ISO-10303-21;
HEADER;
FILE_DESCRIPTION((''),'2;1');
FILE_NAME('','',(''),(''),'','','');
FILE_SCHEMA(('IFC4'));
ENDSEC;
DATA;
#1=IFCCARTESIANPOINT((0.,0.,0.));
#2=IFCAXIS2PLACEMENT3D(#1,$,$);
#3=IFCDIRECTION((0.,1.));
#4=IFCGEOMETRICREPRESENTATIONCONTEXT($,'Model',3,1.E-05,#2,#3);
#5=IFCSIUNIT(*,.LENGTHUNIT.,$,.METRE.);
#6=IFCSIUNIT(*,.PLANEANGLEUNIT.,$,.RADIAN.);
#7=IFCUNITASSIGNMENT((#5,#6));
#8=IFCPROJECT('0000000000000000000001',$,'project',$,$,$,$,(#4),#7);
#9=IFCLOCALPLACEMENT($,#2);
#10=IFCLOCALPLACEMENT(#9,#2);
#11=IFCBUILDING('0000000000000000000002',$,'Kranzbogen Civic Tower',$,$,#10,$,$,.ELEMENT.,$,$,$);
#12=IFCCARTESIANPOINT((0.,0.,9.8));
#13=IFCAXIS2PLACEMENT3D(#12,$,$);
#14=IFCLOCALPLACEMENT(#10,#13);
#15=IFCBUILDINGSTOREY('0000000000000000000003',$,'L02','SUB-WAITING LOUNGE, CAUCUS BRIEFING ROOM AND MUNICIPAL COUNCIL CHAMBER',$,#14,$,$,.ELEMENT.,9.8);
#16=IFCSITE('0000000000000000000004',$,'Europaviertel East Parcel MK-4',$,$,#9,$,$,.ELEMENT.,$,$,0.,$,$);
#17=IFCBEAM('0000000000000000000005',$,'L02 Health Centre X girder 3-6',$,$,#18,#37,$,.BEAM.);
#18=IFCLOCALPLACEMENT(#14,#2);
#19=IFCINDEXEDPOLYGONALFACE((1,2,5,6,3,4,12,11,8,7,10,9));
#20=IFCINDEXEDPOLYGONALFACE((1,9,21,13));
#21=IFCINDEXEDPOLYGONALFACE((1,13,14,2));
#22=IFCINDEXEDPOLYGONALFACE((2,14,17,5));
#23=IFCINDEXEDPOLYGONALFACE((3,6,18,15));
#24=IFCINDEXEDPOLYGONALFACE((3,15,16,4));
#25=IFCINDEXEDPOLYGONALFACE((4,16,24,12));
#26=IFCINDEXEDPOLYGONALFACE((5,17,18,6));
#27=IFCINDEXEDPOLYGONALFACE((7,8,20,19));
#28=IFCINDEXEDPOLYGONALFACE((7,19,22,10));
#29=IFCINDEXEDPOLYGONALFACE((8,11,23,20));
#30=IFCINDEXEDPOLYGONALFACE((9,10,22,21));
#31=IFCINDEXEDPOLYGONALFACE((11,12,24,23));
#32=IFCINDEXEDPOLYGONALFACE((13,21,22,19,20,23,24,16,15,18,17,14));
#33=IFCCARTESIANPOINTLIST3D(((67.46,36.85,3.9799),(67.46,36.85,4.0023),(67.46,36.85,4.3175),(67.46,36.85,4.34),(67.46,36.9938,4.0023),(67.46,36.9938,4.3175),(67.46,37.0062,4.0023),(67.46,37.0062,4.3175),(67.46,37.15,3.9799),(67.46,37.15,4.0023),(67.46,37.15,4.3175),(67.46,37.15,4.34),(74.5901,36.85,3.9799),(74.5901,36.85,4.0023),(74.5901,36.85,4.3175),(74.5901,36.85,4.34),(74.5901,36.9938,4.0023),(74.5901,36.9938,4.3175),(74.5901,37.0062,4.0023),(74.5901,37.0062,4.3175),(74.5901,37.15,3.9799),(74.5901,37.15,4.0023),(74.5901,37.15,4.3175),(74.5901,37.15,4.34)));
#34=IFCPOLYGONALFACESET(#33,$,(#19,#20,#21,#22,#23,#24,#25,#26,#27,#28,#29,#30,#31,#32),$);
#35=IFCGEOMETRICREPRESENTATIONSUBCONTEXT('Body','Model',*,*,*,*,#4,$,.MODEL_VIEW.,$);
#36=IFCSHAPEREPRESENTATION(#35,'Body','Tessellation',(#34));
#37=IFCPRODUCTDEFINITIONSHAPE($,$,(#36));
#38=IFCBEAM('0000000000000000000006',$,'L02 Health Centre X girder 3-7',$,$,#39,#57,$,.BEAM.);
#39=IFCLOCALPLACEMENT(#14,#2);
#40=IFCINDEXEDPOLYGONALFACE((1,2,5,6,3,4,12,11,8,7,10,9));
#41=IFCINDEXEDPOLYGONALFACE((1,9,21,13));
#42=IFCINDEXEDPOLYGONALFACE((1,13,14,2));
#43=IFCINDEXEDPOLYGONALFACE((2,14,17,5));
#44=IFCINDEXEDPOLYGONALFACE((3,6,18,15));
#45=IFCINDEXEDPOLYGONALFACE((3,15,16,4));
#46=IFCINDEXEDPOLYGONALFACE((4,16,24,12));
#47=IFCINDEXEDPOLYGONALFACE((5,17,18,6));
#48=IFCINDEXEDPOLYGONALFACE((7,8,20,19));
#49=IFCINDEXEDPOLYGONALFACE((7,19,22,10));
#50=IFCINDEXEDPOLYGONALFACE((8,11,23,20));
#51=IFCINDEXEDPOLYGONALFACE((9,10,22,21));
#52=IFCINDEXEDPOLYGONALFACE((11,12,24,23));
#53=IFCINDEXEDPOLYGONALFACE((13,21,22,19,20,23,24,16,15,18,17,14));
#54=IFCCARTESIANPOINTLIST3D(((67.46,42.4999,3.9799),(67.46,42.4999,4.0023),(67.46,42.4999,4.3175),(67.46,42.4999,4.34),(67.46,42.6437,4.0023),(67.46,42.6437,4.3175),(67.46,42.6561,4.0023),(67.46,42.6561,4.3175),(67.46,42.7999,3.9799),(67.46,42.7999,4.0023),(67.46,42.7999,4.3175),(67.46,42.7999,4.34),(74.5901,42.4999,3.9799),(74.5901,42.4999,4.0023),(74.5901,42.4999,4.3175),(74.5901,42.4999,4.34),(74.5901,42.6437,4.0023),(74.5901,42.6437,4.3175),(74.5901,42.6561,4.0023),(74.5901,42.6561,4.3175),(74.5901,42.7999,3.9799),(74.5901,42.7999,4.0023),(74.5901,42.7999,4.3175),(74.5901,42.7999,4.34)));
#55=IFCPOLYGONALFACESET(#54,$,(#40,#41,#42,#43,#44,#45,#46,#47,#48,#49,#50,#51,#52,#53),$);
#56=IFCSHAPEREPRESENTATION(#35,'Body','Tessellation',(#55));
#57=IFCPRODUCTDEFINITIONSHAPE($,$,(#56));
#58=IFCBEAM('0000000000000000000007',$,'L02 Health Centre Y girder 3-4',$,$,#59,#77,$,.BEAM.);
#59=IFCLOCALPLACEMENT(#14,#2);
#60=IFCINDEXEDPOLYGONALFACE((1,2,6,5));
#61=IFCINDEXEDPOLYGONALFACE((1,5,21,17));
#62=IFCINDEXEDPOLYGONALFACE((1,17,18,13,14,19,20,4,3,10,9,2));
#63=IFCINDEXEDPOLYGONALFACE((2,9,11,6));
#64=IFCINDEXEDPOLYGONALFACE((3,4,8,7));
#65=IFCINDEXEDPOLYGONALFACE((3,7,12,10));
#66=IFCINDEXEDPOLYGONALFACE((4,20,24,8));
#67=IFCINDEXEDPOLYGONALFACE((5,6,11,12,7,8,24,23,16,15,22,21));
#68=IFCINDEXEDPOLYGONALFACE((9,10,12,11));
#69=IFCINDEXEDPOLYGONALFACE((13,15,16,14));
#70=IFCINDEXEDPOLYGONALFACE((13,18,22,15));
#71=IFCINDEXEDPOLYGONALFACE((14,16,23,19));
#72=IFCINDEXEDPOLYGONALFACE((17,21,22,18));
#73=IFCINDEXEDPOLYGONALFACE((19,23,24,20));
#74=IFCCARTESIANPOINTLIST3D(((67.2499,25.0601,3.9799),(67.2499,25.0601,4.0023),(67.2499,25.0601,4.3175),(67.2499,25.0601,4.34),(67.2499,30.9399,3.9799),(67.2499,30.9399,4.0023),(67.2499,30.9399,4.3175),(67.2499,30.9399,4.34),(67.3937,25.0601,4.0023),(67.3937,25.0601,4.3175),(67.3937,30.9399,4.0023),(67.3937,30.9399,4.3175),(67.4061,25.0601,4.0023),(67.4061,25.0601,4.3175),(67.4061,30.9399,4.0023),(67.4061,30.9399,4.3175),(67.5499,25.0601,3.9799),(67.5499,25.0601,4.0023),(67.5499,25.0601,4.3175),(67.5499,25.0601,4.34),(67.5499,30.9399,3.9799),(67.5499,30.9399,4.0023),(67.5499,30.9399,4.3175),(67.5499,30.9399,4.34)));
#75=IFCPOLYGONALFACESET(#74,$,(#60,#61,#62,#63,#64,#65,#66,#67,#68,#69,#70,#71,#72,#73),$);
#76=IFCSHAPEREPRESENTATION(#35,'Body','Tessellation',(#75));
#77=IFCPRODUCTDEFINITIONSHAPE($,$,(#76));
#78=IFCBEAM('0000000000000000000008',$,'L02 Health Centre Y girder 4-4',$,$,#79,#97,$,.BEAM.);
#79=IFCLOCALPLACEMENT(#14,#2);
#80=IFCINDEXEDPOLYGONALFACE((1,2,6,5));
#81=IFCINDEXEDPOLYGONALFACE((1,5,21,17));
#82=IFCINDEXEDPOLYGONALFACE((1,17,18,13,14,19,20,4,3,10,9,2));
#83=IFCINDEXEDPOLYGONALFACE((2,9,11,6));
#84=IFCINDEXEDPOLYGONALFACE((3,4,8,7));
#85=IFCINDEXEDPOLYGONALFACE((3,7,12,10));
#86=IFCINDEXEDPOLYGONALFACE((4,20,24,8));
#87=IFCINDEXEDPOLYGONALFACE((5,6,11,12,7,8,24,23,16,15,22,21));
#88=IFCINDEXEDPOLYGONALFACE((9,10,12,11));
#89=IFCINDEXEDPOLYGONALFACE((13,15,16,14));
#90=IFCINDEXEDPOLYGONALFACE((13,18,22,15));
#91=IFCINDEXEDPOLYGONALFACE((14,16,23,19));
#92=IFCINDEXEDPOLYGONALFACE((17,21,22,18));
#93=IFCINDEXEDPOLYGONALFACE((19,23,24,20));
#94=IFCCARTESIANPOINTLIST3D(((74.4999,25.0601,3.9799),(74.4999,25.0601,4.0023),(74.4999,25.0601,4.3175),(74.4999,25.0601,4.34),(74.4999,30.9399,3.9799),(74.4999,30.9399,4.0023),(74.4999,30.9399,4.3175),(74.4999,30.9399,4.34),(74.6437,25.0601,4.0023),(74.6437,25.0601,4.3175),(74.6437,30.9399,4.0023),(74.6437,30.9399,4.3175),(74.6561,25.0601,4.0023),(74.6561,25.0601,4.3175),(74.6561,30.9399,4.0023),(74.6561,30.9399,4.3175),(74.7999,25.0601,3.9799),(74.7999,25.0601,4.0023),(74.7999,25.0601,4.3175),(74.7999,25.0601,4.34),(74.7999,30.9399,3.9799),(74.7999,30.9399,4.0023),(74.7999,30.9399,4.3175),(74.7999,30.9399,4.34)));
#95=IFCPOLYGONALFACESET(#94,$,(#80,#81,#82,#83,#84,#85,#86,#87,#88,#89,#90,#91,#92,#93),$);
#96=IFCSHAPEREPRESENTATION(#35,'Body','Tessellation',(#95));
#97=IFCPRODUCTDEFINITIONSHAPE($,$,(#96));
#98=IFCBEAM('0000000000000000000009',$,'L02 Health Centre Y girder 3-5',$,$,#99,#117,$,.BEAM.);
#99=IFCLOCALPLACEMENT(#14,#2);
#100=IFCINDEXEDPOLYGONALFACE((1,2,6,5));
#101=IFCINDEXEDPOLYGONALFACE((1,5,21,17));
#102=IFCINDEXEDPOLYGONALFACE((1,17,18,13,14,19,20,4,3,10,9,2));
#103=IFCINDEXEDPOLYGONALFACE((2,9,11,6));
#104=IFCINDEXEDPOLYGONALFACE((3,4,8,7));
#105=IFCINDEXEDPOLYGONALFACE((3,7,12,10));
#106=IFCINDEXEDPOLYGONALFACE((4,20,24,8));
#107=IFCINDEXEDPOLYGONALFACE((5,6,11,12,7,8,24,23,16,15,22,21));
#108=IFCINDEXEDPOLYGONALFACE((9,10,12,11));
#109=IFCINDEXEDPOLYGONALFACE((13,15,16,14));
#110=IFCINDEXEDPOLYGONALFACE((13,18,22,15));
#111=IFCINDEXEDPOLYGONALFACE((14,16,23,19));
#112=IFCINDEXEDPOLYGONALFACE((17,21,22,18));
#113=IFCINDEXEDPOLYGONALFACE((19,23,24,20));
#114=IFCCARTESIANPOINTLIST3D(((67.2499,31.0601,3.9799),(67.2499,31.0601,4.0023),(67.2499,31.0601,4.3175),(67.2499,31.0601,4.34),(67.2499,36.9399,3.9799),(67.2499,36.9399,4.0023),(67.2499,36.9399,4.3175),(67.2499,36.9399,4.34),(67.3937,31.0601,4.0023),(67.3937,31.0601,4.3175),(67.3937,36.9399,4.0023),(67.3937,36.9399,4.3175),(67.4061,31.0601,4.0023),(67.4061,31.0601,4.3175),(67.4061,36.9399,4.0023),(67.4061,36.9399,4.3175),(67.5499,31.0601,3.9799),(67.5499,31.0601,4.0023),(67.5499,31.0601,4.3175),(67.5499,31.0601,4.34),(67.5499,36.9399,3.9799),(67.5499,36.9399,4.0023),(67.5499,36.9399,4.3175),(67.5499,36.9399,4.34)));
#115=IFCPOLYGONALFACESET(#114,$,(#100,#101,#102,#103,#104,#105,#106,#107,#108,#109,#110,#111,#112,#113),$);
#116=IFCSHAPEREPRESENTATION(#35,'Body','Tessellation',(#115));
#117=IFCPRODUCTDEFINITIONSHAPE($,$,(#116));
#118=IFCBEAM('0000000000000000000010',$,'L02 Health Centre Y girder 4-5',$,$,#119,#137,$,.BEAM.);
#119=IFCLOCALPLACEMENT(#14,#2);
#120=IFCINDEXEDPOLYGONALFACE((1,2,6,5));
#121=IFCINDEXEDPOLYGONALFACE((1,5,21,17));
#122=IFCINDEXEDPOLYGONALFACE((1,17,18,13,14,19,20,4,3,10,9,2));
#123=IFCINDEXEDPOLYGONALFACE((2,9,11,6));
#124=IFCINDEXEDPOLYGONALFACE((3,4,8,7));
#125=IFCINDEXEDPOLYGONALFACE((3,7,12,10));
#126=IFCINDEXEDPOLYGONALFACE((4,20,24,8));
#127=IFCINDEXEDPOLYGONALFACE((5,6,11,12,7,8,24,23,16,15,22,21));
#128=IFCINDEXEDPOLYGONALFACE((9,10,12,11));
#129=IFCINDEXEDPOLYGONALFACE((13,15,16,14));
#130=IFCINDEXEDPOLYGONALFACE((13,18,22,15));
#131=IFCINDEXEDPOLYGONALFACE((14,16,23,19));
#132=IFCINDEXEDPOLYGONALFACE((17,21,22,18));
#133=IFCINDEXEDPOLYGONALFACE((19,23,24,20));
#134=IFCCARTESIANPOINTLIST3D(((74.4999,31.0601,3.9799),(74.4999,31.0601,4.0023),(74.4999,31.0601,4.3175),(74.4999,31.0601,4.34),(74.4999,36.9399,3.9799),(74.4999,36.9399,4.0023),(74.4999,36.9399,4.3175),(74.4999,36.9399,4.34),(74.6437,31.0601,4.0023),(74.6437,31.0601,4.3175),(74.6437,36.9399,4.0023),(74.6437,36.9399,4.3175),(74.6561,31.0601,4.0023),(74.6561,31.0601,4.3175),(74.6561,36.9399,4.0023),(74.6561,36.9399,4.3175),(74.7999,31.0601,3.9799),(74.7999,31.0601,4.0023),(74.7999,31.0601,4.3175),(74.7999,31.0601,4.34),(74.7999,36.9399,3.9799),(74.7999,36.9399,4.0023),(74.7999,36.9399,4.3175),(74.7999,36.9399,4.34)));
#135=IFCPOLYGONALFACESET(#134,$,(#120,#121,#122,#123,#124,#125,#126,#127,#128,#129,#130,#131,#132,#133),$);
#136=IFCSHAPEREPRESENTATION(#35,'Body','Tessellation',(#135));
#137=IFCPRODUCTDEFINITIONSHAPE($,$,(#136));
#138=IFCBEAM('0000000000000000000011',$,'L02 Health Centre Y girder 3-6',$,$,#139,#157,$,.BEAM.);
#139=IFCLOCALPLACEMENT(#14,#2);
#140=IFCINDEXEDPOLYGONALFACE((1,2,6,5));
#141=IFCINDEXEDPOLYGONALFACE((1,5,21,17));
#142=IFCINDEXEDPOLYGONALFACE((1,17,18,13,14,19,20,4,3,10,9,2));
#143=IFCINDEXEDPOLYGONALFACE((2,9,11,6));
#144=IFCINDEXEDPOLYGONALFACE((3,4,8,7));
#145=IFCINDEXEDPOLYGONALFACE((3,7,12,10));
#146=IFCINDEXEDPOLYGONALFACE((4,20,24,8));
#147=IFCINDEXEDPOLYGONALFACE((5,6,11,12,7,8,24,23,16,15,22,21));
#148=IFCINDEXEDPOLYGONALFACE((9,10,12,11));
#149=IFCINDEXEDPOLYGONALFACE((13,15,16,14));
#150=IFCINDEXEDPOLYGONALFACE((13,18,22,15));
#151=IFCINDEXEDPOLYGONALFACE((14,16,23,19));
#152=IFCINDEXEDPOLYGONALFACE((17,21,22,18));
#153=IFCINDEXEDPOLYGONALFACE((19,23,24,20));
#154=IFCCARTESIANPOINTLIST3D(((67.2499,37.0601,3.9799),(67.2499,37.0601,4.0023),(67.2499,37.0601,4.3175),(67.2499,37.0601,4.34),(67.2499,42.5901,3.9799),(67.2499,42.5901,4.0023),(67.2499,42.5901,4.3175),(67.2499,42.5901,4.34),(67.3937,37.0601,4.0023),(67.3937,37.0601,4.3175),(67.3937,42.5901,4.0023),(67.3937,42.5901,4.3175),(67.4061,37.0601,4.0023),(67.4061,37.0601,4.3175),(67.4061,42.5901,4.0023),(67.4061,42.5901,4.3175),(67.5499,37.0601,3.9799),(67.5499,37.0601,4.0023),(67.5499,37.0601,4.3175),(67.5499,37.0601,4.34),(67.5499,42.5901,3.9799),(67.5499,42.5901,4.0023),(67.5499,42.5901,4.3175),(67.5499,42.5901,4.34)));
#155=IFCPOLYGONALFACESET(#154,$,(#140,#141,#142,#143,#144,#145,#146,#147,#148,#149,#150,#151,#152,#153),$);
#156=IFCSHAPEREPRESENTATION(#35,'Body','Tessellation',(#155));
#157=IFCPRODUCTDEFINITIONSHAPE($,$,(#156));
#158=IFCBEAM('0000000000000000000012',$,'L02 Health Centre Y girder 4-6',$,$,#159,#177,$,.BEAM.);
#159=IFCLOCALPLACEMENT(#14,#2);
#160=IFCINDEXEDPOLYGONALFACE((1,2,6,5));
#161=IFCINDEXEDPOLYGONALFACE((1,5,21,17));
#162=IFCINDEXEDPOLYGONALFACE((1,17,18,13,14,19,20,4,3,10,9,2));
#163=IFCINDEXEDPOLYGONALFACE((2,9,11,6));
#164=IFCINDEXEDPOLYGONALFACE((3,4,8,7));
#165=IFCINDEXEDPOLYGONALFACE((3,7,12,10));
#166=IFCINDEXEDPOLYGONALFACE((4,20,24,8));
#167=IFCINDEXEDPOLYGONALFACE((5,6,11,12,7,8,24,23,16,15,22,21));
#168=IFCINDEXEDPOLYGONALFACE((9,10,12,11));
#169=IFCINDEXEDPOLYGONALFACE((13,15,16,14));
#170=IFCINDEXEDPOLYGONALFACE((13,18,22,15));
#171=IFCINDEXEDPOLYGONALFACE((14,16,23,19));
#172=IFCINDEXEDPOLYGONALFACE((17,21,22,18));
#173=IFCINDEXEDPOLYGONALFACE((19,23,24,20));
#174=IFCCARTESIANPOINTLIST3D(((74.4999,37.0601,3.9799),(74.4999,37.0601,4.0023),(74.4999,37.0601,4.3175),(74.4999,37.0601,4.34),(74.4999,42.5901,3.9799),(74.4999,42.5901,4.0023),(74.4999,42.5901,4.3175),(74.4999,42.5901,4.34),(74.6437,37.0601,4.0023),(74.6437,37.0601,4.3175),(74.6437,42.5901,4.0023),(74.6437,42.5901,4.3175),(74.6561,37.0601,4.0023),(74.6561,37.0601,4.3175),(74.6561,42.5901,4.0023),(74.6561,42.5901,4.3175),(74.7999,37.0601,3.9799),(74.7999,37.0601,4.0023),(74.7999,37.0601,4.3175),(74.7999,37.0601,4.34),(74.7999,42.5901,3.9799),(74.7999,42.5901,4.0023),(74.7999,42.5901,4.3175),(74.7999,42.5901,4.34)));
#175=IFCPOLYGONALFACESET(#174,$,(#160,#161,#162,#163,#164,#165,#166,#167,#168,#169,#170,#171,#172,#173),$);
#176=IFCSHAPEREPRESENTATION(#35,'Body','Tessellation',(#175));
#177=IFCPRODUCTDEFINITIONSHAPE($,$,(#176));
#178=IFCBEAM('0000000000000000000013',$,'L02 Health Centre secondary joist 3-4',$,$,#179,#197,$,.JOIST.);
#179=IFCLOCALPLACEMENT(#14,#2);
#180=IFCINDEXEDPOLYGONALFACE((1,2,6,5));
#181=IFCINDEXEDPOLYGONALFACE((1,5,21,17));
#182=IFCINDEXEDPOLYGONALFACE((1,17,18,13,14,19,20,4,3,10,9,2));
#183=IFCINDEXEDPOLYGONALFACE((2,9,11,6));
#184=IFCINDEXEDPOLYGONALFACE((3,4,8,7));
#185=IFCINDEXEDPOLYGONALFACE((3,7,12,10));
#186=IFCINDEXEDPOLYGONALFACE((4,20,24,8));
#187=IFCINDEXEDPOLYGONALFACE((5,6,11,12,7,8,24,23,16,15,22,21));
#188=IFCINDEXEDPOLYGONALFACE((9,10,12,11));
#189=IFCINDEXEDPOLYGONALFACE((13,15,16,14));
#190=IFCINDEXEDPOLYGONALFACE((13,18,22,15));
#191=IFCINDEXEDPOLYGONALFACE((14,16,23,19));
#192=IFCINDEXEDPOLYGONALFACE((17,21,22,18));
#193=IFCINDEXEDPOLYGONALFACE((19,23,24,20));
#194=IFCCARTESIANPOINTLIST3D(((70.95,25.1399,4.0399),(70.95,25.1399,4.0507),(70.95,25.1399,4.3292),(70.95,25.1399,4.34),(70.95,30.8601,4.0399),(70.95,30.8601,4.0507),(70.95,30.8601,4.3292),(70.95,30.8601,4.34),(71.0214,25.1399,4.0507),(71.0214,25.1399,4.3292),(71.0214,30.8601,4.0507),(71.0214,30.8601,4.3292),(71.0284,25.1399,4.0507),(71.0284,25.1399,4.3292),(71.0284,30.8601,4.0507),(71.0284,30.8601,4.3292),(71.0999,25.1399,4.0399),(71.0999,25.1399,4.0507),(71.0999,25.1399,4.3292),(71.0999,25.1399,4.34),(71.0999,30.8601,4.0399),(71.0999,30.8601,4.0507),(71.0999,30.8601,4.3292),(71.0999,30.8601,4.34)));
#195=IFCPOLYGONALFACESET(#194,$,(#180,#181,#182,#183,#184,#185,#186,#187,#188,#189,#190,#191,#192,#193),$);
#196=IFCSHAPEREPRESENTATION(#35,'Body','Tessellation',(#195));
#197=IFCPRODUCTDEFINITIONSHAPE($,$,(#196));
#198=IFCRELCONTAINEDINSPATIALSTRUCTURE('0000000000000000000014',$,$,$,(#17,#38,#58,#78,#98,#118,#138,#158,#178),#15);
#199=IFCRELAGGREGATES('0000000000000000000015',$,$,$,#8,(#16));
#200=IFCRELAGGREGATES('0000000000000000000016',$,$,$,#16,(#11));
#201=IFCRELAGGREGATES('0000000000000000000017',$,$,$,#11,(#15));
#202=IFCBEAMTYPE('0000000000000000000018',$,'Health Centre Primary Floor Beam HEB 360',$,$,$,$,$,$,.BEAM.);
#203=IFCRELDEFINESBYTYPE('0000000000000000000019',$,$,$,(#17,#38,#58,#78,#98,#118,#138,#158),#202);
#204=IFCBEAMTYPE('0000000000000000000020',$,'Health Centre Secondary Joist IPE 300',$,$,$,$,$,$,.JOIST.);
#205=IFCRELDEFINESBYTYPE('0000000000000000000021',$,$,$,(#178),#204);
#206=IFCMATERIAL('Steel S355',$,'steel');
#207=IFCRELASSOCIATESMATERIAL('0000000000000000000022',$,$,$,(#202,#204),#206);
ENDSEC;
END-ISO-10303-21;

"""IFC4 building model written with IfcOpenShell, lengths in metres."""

from ifc_helpers import new_model, si_unit, direction, frame, origin, origin_2d, place, context, subcontext, project, spatial, i_section, extrude, material, material_profile, profile_set, type_object, element, save


model = new_model("IFC4")

# Units and contexts
model_context = context("Model", 3, precision=1e-05, world=origin(), true_north=direction((0.0, 1.0)))
body_context = subcontext(model_context, "Body", "Model", "MODEL_VIEW")
ifc_project = project(units=[si_unit("LENGTHUNIT", "METRE"), si_unit("PLANEANGLEUNIT", "RADIAN")], contexts=[model_context])

# Site, building, storey
site_placement = place(None, origin())
site = spatial("IfcSite", under=ifc_project, at=site_placement, Name="Europaviertel East Parcel MK-4", CompositionType="ELEMENT", RefElevation=0.0)
building_placement = place(site_placement, origin())
building = spatial("IfcBuilding", under=site, at=building_placement, Name="Kranzbogen Civic Tower", CompositionType="ELEMENT")
storey_placement = place(building_placement, frame((0.0, 0.0, 9.8)))
storey = spatial("IfcBuildingStorey", under=building, at=storey_placement, Name="L02", Description="SUB-WAITING LOUNGE, CAUCUS BRIEFING ROOM AND MUNICIPAL COUNCIL CHAMBER", CompositionType="ELEMENT", Elevation=9.8)

# Shared definitions
ifc_material_1 = material(Name="Steel S355", Category="steel")

# Beams
ifc_material_profile_1 = material_profile(ifc_material_1, i_section(OverallWidth=0.3, OverallDepth=0.3601, WebThickness=0.0125, FlangeThickness=0.0225, at=origin_2d()), Name="HEB 360")
ifc_profile_set_1 = profile_set([ifc_material_profile_1], Name="Steel S355")
beam_type_1 = type_object("IfcBeamType", Name="Health Centre Primary Floor Beam HEB 360", PredefinedType="BEAM", material=ifc_profile_set_1)
for number, where, z_axis, x_axis, name in (
    (1, (67.46, 37.0, 4.1599), (1.0, 0.0, 0.0), (0.0, 1.0, 0.0), "L02 Health Centre X girder 3-6"),
    (2, (67.46, 42.6499, 4.1599), (1.0, 0.0, 0.0), (0.0, 1.0, 0.0), "L02 Health Centre X girder 3-7"),
):
    element("IfcBeam", number, at=place(storey_placement, frame(where, z_axis=z_axis, x_axis=x_axis)), inside=storey, type_object=beam_type_1, Name=name, PredefinedType="BEAM", context=body_context, shape_type="SweptSolid", body=[
        extrude(i_section(OverallWidth=0.3, OverallDepth=0.3601, WebThickness=0.0125, FlangeThickness=0.0225, at=origin_2d()), origin(), (0.0, 0.0, 1.0), 7.1301),
    ])
for number, where, z_axis, x_axis, name in (
    (3, (67.3999, 25.0601, 4.1599), (0.0, 1.0, 0.0), (-1.0, 0.0, 0.0), "L02 Health Centre Y girder 3-4"),
    (4, (74.6499, 25.0601, 4.1599), (0.0, 1.0, 0.0), (-1.0, 0.0, 0.0), "L02 Health Centre Y girder 4-4"),
    (5, (67.3999, 31.0601, 4.1599), (0.0, 1.0, 0.0), (-1.0, 0.0, 0.0), "L02 Health Centre Y girder 3-5"),
    (6, (74.6499, 31.0601, 4.1599), (0.0, 1.0, 0.0), (-1.0, 0.0, 0.0), "L02 Health Centre Y girder 4-5"),
):
    element("IfcBeam", number, at=place(storey_placement, frame(where, z_axis=z_axis, x_axis=x_axis)), inside=storey, type_object=beam_type_1, Name=name, PredefinedType="BEAM", context=body_context, shape_type="SweptSolid", body=[
        extrude(i_section(OverallWidth=0.3, OverallDepth=0.3601, WebThickness=0.0125, FlangeThickness=0.0225, at=origin_2d()), origin(), (0.0, 0.0, 1.0), 5.8799),
    ])
for number, where, z_axis, x_axis, name in (
    (7, (67.3999, 37.0601, 4.1599), (0.0, 1.0, 0.0), (-1.0, 0.0, 0.0), "L02 Health Centre Y girder 3-6"),
    (8, (74.6499, 37.0601, 4.1599), (0.0, 1.0, 0.0), (-1.0, 0.0, 0.0), "L02 Health Centre Y girder 4-6"),
):
    element("IfcBeam", number, at=place(storey_placement, frame(where, z_axis=z_axis, x_axis=x_axis)), inside=storey, type_object=beam_type_1, Name=name, PredefinedType="BEAM", context=body_context, shape_type="SweptSolid", body=[
        extrude(i_section(OverallWidth=0.3, OverallDepth=0.3601, WebThickness=0.0125, FlangeThickness=0.0225, at=origin_2d()), origin(), (0.0, 0.0, 1.0), 5.53),
    ])
ifc_material_profile_2 = material_profile(ifc_material_1, i_section(OverallWidth=0.1499, OverallDepth=0.3, WebThickness=0.0071, FlangeThickness=0.0107, at=origin_2d()), Name="IPE 300")
ifc_profile_set_2 = profile_set([ifc_material_profile_2], Name="Steel S355")
beam_type_2 = type_object("IfcBeamType", Name="Health Centre Secondary Joist IPE 300", PredefinedType="JOIST", material=ifc_profile_set_2)
for number, where, z_axis, x_axis, name in (
    (9, (71.0249, 25.1399, 4.1899), (0.0, 1.0, 0.0), (-1.0, 0.0, 0.0), "L02 Health Centre secondary joist 3-4"),
):
    element("IfcBeam", number, at=place(storey_placement, frame(where, z_axis=z_axis, x_axis=x_axis)), inside=storey, type_object=beam_type_2, Name=name, PredefinedType="JOIST", context=body_context, shape_type="SweptSolid", body=[
        extrude(i_section(OverallWidth=0.1499, OverallDepth=0.3, WebThickness=0.0071, FlangeThickness=0.0107, at=origin_2d()), origin(), (0.0, 0.0, 1.0), 5.7202),
    ])

save(model, "model.ifc")
